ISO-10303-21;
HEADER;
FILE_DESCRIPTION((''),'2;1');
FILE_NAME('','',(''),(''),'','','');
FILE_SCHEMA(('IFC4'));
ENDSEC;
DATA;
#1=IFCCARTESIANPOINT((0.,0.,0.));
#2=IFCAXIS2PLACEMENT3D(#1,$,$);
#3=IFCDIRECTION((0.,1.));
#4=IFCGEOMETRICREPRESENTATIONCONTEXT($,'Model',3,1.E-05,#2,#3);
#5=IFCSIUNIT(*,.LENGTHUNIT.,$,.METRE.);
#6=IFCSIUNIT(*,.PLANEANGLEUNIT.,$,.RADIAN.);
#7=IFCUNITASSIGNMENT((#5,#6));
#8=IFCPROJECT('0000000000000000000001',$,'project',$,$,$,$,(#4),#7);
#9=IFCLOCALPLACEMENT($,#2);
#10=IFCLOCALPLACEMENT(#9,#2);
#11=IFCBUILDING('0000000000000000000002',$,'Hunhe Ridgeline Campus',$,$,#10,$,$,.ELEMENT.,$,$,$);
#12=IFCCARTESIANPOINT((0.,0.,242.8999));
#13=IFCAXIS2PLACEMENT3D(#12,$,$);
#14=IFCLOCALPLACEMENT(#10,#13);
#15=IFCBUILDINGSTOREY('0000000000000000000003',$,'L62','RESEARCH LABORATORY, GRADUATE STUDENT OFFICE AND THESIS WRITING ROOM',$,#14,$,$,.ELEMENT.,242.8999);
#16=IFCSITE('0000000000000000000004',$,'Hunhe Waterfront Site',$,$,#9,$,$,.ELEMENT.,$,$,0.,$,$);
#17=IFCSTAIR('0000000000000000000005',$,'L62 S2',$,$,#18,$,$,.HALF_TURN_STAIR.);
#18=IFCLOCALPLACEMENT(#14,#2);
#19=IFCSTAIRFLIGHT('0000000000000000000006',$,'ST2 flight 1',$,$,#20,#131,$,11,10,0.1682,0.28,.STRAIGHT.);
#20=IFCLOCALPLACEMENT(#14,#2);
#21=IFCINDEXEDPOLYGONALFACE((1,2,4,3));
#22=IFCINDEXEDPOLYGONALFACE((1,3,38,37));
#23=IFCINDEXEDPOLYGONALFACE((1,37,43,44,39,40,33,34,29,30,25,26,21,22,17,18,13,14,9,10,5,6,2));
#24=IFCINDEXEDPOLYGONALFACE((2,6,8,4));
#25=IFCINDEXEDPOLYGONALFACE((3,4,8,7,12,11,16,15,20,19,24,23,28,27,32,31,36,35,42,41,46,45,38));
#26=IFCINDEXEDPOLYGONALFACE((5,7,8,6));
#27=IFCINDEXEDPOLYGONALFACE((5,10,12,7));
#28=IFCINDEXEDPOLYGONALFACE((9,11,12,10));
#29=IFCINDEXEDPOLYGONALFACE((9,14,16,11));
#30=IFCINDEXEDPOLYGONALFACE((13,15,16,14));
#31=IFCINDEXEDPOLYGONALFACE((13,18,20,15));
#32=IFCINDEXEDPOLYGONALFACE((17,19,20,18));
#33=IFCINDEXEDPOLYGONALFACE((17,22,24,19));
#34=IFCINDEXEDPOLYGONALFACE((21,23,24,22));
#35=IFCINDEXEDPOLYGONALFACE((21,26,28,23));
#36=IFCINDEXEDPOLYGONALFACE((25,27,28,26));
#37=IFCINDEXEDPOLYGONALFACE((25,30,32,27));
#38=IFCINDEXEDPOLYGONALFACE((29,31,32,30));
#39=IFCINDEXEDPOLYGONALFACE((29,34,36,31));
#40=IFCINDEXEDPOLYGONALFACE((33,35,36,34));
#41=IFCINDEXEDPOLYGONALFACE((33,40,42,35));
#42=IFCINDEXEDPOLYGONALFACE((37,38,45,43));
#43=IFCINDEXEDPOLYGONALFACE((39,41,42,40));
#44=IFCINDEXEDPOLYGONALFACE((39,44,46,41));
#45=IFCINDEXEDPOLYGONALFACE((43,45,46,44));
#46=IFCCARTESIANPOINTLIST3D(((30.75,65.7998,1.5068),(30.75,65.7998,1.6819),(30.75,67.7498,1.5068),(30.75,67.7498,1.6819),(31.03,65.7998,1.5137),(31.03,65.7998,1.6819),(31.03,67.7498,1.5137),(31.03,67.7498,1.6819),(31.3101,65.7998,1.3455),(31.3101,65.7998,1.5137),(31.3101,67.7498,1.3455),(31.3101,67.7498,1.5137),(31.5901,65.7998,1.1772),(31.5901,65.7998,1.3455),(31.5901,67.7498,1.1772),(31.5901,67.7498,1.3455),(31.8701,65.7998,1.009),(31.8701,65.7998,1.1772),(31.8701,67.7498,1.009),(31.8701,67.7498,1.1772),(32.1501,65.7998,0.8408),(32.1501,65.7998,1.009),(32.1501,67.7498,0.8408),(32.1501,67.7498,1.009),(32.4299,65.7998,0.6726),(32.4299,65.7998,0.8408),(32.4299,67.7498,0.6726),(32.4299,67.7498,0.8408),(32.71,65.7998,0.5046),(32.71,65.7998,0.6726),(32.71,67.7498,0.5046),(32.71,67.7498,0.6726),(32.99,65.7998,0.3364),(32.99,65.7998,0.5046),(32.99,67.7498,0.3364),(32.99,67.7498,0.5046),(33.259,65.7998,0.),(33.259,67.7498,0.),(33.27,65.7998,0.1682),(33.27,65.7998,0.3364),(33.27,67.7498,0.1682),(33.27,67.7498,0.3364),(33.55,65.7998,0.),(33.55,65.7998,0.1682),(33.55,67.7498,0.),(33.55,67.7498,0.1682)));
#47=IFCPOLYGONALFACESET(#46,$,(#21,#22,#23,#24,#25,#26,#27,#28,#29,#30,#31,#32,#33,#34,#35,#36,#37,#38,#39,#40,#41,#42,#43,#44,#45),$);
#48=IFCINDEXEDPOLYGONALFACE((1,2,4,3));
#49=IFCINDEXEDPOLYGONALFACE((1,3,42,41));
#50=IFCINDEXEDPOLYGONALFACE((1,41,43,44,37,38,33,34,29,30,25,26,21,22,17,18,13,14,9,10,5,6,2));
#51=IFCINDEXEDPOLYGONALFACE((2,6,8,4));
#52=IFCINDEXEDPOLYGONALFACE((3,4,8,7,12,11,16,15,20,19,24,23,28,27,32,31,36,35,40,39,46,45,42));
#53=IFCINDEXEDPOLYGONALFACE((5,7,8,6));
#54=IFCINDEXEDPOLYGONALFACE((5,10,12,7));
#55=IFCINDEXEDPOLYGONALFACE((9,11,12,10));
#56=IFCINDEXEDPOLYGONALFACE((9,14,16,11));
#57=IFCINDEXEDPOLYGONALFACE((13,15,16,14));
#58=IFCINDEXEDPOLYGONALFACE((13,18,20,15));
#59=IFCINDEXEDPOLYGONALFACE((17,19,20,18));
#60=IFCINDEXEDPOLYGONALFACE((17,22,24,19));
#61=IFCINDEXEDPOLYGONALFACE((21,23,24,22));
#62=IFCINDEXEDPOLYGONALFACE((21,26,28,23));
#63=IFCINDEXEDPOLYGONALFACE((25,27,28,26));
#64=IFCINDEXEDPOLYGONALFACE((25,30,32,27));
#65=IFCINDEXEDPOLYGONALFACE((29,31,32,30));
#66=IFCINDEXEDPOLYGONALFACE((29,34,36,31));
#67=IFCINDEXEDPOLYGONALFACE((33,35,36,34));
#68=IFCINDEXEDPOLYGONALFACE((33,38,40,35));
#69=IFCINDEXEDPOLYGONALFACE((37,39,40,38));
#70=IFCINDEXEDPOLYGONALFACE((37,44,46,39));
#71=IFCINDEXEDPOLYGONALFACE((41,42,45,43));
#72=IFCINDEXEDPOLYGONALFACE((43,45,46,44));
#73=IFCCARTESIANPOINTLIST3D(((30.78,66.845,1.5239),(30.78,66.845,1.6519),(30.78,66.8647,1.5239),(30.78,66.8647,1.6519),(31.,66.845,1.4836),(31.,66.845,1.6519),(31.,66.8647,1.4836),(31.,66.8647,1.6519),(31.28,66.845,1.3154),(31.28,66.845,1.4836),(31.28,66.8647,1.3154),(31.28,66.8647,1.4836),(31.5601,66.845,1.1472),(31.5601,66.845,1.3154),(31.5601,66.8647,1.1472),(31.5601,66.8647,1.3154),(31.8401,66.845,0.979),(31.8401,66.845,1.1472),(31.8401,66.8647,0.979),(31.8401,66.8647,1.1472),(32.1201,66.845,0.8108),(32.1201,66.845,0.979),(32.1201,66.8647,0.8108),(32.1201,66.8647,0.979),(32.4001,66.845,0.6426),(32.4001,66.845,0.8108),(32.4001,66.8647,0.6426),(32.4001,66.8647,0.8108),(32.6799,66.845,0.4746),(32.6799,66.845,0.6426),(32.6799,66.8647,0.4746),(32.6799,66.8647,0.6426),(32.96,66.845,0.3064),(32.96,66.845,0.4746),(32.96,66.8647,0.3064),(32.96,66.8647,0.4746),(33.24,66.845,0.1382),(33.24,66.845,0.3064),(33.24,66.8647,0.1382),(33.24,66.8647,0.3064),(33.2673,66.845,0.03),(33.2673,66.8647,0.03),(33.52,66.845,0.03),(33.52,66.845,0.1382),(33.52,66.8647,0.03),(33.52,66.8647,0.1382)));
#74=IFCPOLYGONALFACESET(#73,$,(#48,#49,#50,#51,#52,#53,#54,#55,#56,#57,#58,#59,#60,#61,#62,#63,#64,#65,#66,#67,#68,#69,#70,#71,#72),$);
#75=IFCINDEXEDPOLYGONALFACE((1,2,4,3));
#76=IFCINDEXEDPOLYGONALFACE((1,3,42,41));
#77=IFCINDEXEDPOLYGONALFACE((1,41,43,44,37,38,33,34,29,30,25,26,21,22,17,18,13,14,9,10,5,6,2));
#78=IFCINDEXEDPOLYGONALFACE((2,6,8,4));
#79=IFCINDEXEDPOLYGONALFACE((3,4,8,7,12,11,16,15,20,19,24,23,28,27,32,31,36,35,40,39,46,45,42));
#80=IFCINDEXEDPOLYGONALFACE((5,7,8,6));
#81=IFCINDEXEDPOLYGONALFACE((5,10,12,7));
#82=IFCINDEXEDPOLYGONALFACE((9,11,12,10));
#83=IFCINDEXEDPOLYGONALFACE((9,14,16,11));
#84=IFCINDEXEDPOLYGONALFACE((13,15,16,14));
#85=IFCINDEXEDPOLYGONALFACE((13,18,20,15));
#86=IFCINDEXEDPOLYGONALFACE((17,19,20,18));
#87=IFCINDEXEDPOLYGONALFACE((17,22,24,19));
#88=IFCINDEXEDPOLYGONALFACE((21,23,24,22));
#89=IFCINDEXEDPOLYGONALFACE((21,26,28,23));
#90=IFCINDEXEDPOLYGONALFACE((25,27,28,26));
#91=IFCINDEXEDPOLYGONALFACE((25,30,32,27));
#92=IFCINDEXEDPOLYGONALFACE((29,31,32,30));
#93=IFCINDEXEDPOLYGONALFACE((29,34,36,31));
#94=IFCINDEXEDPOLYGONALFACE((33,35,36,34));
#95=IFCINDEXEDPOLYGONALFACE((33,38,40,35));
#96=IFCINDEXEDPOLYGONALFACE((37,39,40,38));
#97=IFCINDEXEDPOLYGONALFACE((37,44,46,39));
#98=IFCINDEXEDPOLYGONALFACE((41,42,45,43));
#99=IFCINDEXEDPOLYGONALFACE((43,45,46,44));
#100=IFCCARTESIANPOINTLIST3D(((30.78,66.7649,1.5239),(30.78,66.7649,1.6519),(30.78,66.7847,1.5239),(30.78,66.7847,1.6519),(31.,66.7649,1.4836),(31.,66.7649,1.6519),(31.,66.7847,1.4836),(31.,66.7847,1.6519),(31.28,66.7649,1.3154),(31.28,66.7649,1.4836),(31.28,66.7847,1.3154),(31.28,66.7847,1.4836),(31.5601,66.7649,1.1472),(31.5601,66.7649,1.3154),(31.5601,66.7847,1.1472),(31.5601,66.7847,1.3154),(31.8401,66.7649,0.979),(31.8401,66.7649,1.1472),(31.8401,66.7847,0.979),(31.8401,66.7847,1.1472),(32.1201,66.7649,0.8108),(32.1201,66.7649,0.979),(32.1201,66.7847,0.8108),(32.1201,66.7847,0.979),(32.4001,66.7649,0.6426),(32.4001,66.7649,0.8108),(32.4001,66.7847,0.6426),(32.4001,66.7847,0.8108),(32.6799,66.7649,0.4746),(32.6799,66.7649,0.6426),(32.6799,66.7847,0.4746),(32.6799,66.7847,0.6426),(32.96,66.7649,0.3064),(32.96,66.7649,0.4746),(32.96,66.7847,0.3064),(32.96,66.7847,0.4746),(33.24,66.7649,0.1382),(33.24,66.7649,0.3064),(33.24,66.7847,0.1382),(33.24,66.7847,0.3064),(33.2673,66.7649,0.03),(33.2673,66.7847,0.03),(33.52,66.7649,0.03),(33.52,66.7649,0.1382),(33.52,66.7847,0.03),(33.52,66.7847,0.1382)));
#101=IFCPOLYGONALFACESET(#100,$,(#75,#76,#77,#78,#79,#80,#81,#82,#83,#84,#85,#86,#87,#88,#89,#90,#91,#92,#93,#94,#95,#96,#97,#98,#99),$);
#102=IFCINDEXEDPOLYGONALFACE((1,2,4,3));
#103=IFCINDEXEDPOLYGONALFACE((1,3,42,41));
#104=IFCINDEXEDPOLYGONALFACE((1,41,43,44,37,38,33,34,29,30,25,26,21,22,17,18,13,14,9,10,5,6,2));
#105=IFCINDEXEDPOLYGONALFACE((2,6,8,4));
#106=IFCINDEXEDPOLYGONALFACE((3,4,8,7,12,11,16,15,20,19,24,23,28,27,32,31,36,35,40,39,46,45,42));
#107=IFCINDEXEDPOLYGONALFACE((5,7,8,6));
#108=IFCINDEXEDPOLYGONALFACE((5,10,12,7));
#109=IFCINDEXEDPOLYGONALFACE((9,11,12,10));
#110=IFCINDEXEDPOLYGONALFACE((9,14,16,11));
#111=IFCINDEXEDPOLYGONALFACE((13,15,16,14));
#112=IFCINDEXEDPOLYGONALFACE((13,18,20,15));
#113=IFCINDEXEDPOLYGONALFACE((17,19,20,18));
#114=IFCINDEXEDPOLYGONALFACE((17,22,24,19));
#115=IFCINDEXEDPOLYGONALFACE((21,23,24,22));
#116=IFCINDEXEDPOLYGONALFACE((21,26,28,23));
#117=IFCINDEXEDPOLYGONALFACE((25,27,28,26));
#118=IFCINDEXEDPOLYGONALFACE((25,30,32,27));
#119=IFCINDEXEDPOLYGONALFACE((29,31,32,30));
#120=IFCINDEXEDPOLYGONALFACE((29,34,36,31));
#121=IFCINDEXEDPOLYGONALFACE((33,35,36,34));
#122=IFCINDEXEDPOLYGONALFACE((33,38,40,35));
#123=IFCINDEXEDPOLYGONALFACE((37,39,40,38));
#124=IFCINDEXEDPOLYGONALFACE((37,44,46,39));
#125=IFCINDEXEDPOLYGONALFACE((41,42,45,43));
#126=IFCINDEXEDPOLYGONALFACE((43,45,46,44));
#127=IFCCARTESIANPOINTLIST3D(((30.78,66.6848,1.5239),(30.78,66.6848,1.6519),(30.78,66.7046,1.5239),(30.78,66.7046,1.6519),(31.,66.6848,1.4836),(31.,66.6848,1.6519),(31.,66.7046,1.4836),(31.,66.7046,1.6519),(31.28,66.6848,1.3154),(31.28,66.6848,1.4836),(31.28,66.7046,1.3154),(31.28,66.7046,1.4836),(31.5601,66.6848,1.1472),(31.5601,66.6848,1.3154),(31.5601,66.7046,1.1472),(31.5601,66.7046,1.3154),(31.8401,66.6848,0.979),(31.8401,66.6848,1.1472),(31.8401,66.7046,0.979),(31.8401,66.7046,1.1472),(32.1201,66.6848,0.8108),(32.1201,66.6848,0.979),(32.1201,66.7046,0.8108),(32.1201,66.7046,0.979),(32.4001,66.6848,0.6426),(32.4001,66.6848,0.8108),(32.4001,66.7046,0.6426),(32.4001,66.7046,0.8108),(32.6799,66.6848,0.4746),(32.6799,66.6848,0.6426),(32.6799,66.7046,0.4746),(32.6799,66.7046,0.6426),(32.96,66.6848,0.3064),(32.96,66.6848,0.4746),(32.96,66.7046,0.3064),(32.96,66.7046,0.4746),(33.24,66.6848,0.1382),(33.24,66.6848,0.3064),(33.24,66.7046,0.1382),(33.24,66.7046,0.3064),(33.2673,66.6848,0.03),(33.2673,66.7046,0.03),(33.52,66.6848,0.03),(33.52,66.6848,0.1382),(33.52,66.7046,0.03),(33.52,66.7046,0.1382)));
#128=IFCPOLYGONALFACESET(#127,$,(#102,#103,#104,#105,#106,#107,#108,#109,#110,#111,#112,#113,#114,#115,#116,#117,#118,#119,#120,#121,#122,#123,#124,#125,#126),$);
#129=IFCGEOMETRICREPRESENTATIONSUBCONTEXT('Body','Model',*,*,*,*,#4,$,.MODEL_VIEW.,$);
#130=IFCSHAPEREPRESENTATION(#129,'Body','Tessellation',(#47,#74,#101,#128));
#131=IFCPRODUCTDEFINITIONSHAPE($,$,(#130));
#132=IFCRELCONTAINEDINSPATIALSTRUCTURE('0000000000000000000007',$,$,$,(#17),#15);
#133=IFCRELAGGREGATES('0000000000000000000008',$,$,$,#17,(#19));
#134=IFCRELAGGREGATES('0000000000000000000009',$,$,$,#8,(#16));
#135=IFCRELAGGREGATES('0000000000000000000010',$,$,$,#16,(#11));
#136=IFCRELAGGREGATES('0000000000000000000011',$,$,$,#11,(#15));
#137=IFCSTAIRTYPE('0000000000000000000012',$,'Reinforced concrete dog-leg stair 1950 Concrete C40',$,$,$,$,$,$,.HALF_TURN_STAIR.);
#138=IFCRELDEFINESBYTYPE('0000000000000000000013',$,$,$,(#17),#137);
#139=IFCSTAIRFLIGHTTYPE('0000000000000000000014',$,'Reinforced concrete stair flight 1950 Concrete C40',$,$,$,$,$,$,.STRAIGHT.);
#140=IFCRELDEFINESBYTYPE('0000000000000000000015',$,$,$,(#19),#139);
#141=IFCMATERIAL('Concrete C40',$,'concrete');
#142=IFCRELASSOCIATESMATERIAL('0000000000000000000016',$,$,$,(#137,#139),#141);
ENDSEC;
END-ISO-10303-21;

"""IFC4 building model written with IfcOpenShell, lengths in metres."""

from ifc_helpers import new_model, si_unit, direction, frame, origin, place, context, subcontext, project, spatial, polyline, outline, extrude, material, type_object, element, aggregate, save


model = new_model("IFC4")

# Units and contexts
model_context = context("Model", 3, precision=1e-05, world=origin(), true_north=direction((0.0, 1.0)))
body_context = subcontext(model_context, "Body", "Model", "MODEL_VIEW")
ifc_project = project(units=[si_unit("LENGTHUNIT", "METRE"), si_unit("PLANEANGLEUNIT", "RADIAN")], contexts=[model_context])

# Site, building, storey
site_placement = place(None, origin())
site = spatial("IfcSite", under=ifc_project, at=site_placement, Name="Hunhe Waterfront Site", CompositionType="ELEMENT", RefElevation=0.0)
building_placement = place(site_placement, origin())
building = spatial("IfcBuilding", under=site, at=building_placement, Name="Hunhe Ridgeline Campus", CompositionType="ELEMENT")
storey_placement = place(building_placement, frame((0.0, 0.0, 242.8999)))
storey = spatial("IfcBuildingStorey", under=building, at=storey_placement, Name="L62", Description="RESEARCH LABORATORY, GRADUATE STUDENT OFFICE AND THESIS WRITING ROOM", CompositionType="ELEMENT", Elevation=242.8999)

# Stair, stair flight
ifc_material_1 = material(Name="Concrete C40", Category="concrete")
stair_type = type_object("IfcStairType", Name="Reinforced concrete dog-leg stair 1950 Concrete C40", PredefinedType="HALF_TURN_STAIR", material=ifc_material_1)
stair_placement = place(storey_placement, origin())
stair = element("IfcStair", 1, at=stair_placement, inside=storey, type_object=stair_type, Name="L62 S2", PredefinedType="HALF_TURN_STAIR")
stair_flight_type = type_object("IfcStairFlightType", Name="Reinforced concrete stair flight 1950 Concrete C40", PredefinedType="STRAIGHT", material=ifc_material_1)
stair_flight_1_placement = place(storey_placement, frame((33.55, 66.7749, 0.0), z_axis=(0.0, 0.0, 1.0), x_axis=(-1.0, 0.0, 0.0)))
stair_flight_1 = element("IfcStairFlight", 2, at=stair_flight_1_placement, type_object=stair_flight_type, Name="ST2 flight 1", NumberOfRisers=11, NumberOfTreads=10, PredefinedType="STRAIGHT", RiserHeight=0.1682, TreadLength=0.28, context=body_context, shape_type="SweptSolid", body=[
    extrude(outline(polyline([(0.0, 0.0), (0.0, 0.1682), (0.28, 0.1682), (0.28, 0.3364), (0.5601, 0.3364), (0.5601, 0.5046), (0.8401, 0.5046), (0.8401, 0.6726), (1.1201, 0.6726), (1.1201, 0.8408), (1.3999, 0.8408), (1.3999, 1.009), (1.6799, 1.009), (1.6799, 1.1772), (1.96, 1.1772), (1.96, 1.3455), (2.24, 1.3455), (2.24, 1.5137), (2.52, 1.5137), (2.52, 1.6819), (2.8, 1.6819), (2.8, 1.8501), (2.8, 1.5068), (0.291, 0.0), (0.0, 0.0)])), frame((0.0, 0.9751, 0.0), z_axis=(0.0, -1.0, 0.0), x_axis=(1.0, 0.0, 0.0)), (0.0, 0.0, 1.0), 1.95),
    extrude(outline(polyline([(0.03, 0.03), (0.03, 0.1382), (0.3101, 0.1382), (0.3101, 0.3064), (0.5901, 0.3064), (0.5901, 0.4746), (0.8701, 0.4746), (0.8701, 0.6426), (1.1499, 0.6426), (1.1499, 0.8108), (1.4299, 0.8108), (1.4299, 0.979), (1.71, 0.979), (1.71, 1.1472), (1.99, 1.1472), (1.99, 1.3154), (2.27, 1.3154), (2.27, 1.4836), (2.55, 1.4836), (2.55, 1.6519), (2.77, 1.6519), (2.77, 1.5239), (0.2827, 0.03), (0.03, 0.03)])), frame((0.0, -0.0701, 0.0), z_axis=(0.0, -1.0, 0.0), x_axis=(1.0, 0.0, 0.0)), (0.0, 0.0, 1.0), 0.0198),
    extrude(outline(polyline([(0.03, 0.03), (0.03, 0.1382), (0.3101, 0.1382), (0.3101, 0.3064), (0.5901, 0.3064), (0.5901, 0.4746), (0.8701, 0.4746), (0.8701, 0.6426), (1.1499, 0.6426), (1.1499, 0.8108), (1.4299, 0.8108), (1.4299, 0.979), (1.71, 0.979), (1.71, 1.1472), (1.99, 1.1472), (1.99, 1.3154), (2.27, 1.3154), (2.27, 1.4836), (2.55, 1.4836), (2.55, 1.6519), (2.77, 1.6519), (2.77, 1.5239), (0.2827, 0.03), (0.03, 0.03)])), frame((0.0, 0.01, 0.0), z_axis=(0.0, -1.0, 0.0), x_axis=(1.0, 0.0, 0.0)), (0.0, 0.0, 1.0), 0.0198),
    extrude(outline(polyline([(0.03, 0.03), (0.03, 0.1382), (0.3101, 0.1382), (0.3101, 0.3064), (0.5901, 0.3064), (0.5901, 0.4746), (0.8701, 0.4746), (0.8701, 0.6426), (1.1499, 0.6426), (1.1499, 0.8108), (1.4299, 0.8108), (1.4299, 0.979), (1.71, 0.979), (1.71, 1.1472), (1.99, 1.1472), (1.99, 1.3154), (2.27, 1.3154), (2.27, 1.4836), (2.55, 1.4836), (2.55, 1.6519), (2.77, 1.6519), (2.77, 1.5239), (0.2827, 0.03), (0.03, 0.03)])), frame((0.0, 0.0901, 0.0), z_axis=(0.0, -1.0, 0.0), x_axis=(1.0, 0.0, 0.0)), (0.0, 0.0, 1.0), 0.0198),
])
aggregate(stair, [stair_flight_1])

save(model, "model.ifc")
